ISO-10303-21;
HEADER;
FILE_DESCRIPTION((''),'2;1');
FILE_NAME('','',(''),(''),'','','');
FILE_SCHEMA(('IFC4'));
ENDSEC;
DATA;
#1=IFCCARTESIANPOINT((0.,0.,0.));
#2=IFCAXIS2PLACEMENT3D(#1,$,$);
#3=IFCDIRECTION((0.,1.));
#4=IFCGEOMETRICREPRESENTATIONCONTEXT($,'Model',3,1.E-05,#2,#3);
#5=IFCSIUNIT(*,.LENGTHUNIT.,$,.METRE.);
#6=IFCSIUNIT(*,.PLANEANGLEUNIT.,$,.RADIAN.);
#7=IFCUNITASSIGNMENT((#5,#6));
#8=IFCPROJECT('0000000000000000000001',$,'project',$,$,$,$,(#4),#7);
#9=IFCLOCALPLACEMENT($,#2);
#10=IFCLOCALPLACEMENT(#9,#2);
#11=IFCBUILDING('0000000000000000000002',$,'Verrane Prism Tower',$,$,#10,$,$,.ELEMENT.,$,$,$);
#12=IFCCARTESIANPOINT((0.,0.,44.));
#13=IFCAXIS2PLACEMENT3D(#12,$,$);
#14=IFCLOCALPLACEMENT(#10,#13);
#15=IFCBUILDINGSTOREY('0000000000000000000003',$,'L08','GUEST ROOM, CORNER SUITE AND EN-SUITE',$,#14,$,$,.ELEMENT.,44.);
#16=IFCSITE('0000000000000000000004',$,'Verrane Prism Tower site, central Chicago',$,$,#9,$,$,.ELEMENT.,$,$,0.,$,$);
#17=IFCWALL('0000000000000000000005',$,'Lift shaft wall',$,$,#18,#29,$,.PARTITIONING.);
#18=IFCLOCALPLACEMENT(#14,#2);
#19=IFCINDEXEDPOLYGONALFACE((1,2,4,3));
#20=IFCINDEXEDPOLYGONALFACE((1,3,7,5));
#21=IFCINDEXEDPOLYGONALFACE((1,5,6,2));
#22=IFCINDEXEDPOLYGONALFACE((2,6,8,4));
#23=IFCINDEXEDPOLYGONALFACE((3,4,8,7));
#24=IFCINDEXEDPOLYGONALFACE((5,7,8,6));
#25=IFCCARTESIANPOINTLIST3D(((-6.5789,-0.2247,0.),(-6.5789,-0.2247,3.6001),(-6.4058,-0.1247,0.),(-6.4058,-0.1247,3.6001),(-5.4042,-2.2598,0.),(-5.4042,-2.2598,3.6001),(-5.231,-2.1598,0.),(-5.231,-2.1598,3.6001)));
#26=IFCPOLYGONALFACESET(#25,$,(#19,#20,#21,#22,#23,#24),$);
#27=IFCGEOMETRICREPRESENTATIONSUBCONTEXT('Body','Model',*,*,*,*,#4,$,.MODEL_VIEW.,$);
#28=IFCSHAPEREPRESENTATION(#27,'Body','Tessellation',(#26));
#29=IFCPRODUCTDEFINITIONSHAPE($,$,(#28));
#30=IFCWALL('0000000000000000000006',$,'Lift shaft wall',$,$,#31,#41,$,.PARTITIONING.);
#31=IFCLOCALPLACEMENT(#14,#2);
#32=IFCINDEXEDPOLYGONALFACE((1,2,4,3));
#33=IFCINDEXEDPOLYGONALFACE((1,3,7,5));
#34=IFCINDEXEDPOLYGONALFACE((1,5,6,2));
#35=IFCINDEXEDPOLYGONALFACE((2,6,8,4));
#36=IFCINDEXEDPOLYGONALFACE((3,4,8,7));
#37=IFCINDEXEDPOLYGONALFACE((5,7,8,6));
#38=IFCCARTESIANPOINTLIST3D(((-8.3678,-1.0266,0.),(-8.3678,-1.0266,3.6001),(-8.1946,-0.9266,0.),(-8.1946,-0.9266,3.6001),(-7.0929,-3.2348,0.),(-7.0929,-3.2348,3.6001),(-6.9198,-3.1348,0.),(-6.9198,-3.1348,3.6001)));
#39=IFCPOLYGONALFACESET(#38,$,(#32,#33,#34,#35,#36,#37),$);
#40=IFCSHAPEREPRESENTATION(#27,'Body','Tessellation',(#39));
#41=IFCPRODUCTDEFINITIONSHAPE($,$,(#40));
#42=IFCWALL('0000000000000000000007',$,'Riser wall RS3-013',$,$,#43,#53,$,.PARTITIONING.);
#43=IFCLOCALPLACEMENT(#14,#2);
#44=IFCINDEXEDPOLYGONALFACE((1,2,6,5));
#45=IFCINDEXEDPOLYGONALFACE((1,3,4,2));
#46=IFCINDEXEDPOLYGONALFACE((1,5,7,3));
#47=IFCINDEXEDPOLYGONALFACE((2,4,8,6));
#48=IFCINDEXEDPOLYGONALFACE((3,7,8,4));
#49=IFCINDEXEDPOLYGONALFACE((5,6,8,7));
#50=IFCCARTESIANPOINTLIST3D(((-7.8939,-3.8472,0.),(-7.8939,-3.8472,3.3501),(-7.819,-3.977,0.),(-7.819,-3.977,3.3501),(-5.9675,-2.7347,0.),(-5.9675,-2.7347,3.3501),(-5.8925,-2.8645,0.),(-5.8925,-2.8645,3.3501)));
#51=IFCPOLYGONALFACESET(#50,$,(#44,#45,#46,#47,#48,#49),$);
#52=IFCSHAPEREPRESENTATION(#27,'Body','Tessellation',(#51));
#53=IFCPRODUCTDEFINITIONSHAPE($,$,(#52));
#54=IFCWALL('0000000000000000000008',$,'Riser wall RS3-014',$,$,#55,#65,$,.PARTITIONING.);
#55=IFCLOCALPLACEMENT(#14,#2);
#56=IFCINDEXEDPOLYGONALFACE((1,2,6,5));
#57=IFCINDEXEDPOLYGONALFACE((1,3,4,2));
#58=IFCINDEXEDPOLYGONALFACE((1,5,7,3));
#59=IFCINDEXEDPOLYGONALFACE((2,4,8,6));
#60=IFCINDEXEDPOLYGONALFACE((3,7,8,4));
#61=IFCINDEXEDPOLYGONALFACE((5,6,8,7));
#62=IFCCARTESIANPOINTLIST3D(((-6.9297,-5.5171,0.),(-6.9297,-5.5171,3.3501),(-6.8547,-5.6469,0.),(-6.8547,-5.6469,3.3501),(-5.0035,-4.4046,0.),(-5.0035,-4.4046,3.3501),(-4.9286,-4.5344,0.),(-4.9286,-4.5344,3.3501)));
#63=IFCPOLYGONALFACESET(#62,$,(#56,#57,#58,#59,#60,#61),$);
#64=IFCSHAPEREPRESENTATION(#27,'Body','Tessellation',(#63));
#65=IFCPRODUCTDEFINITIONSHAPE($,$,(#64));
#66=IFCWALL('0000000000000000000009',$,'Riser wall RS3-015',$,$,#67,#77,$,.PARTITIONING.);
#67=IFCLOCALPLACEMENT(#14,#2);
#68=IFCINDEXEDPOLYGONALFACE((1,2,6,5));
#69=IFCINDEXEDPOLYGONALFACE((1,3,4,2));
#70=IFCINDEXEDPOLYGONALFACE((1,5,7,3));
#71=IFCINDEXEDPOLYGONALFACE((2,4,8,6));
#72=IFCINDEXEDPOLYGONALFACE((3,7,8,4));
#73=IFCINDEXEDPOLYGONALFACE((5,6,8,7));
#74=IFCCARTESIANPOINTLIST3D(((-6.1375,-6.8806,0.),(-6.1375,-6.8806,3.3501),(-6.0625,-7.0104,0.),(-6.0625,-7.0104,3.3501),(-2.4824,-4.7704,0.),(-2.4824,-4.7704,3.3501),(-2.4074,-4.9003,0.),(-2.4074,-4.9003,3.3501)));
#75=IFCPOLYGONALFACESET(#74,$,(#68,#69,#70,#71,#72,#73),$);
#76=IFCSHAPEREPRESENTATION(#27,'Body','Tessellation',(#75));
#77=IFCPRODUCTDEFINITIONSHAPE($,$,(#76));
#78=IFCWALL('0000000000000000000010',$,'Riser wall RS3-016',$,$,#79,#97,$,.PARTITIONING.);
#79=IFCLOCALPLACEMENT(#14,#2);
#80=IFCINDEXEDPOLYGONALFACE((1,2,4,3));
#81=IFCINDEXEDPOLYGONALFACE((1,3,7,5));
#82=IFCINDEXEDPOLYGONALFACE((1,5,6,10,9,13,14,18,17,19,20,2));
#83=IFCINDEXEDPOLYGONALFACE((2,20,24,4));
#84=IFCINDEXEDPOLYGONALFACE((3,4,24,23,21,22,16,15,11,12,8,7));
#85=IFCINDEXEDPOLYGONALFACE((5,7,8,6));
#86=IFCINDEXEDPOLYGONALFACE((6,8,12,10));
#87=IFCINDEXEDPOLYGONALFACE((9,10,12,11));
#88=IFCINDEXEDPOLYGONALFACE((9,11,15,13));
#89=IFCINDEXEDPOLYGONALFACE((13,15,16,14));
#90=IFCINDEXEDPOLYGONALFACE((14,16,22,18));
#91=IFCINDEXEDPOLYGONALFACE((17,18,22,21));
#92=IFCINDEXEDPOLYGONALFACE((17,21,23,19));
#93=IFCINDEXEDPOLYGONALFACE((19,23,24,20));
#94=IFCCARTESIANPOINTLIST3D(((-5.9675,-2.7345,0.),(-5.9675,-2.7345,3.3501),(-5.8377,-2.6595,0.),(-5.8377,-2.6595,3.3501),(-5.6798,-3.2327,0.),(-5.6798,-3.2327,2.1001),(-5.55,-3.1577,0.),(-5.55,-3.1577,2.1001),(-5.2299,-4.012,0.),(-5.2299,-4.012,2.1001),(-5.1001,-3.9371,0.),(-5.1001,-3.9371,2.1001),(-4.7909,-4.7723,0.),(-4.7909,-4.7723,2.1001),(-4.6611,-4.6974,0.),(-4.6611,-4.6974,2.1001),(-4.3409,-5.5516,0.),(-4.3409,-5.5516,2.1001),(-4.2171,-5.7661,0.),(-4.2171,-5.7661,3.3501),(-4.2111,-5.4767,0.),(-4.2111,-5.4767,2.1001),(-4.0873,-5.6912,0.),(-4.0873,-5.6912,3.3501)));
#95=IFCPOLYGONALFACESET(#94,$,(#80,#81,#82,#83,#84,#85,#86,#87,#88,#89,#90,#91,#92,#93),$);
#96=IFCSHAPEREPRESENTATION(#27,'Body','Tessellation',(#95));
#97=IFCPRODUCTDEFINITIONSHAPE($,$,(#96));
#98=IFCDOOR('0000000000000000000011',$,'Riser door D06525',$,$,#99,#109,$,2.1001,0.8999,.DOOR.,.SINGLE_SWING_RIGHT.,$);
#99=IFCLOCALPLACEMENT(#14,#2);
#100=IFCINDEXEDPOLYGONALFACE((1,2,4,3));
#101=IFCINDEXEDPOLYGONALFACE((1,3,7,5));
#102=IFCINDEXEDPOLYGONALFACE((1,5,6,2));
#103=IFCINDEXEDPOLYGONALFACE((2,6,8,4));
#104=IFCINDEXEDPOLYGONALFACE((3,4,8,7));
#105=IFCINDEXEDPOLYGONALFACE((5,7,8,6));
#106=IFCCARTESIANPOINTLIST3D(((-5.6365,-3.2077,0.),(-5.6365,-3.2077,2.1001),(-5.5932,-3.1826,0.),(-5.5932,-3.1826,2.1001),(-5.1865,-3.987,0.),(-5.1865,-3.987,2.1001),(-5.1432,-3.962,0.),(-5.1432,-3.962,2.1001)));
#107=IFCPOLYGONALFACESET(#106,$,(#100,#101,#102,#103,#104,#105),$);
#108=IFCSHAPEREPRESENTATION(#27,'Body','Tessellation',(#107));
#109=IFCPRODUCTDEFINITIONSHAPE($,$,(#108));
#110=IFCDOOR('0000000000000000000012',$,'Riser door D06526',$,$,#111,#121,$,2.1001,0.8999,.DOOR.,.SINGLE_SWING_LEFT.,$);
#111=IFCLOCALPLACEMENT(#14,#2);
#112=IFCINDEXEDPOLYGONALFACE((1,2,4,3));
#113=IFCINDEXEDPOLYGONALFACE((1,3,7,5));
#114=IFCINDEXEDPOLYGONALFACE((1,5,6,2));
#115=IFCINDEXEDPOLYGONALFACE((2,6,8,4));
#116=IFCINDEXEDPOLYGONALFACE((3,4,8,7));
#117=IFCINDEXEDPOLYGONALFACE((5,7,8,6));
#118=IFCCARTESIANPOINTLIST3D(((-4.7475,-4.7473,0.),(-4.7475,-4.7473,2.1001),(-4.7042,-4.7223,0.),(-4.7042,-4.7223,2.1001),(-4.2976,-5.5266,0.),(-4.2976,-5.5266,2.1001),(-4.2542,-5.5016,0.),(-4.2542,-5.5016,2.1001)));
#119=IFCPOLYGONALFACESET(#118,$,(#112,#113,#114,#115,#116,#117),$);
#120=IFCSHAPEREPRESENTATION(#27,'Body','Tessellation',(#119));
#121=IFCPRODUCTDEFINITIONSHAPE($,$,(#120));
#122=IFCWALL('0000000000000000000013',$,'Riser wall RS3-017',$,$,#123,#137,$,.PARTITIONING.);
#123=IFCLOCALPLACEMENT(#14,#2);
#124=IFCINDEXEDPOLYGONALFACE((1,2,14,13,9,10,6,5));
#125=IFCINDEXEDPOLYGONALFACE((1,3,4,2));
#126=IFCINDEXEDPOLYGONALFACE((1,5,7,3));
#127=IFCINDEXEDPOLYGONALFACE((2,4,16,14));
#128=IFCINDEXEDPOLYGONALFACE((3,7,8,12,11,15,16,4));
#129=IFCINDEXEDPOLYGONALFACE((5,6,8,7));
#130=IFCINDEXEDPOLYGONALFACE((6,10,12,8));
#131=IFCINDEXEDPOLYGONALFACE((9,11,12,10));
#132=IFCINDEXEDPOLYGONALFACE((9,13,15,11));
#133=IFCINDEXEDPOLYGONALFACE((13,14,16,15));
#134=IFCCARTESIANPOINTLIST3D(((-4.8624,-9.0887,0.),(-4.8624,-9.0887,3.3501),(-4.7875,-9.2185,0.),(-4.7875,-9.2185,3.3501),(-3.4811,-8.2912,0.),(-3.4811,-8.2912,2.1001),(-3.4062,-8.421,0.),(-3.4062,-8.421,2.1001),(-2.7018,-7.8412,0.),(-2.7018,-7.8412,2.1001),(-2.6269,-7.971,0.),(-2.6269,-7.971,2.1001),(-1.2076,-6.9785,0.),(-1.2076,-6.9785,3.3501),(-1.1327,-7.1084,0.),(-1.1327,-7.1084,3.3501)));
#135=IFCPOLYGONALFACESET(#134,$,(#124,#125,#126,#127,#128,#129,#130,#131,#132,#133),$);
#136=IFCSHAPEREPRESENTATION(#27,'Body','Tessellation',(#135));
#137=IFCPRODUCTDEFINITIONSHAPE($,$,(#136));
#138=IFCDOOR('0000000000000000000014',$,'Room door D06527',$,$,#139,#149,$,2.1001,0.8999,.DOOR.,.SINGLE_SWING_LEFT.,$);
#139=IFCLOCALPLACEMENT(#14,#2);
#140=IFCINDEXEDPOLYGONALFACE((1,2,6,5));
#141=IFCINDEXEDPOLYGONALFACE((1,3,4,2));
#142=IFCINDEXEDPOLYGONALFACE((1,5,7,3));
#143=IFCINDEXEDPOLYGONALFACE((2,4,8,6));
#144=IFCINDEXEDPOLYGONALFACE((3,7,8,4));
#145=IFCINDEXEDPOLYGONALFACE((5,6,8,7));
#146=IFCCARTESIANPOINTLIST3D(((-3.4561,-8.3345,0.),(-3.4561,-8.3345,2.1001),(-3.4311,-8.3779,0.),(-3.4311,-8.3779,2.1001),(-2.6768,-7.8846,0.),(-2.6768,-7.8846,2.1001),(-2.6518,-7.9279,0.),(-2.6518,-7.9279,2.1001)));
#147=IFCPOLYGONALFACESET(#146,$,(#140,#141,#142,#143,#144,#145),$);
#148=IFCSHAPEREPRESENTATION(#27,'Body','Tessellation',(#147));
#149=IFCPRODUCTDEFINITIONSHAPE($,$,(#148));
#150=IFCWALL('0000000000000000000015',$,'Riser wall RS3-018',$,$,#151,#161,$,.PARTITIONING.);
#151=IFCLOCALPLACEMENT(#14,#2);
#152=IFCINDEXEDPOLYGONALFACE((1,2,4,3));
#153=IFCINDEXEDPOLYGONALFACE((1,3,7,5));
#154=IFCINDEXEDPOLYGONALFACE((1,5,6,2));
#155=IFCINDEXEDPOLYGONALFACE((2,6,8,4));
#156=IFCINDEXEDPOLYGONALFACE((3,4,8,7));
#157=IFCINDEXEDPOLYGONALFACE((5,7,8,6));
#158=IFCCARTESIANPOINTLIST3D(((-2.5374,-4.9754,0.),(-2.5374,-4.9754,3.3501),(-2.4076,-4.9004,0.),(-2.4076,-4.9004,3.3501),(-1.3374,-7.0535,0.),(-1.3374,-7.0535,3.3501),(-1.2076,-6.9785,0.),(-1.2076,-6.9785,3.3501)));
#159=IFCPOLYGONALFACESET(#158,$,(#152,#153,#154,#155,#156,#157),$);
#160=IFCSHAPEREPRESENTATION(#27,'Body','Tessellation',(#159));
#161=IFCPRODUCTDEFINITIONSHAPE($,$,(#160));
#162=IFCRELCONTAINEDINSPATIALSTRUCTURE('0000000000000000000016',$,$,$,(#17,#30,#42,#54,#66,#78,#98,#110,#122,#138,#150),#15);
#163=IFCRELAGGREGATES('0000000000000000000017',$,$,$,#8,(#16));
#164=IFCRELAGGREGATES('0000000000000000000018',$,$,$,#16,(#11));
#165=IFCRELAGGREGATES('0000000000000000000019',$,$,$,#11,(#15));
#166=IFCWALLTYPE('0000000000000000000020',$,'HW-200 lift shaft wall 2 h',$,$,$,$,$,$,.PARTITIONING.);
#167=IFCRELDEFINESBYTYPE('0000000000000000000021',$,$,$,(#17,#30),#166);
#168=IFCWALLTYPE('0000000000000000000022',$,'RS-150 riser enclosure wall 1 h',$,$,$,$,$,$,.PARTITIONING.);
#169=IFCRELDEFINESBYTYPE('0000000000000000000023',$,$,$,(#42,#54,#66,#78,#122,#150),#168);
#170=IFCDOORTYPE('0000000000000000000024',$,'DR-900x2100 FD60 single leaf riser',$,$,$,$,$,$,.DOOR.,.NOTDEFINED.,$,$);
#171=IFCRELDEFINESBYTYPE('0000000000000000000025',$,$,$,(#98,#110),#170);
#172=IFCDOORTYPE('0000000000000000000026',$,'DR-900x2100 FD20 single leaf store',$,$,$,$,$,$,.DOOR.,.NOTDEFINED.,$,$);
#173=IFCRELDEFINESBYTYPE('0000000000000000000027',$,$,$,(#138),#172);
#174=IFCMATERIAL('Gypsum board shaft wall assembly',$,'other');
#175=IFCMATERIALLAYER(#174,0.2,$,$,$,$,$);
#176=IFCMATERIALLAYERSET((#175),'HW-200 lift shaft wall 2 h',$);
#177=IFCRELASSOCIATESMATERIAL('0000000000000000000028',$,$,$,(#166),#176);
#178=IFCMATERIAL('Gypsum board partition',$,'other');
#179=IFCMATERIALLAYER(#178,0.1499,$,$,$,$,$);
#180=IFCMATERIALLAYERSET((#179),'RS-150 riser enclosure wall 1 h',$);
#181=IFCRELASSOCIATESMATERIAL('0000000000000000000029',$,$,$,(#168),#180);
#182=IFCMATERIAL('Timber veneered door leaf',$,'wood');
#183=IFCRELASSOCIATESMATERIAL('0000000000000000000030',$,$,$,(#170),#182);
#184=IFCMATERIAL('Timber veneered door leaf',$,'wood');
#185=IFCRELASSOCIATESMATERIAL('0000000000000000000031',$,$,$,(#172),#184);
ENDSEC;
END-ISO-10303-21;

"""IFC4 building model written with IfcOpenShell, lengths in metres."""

from ifc_helpers import new_model, si_unit, direction, frame, frame_2d, origin, place, context, subcontext, project, spatial, rectangle, extrude, material, layer, layer_set, type_object, element, fill, save


model = new_model("IFC4")

# Units and contexts
model_context = context("Model", 3, precision=1e-05, world=origin(), true_north=direction((0.0, 1.0)))
body_context = subcontext(model_context, "Body", "Model", "MODEL_VIEW")
ifc_project = project(units=[si_unit("LENGTHUNIT", "METRE"), si_unit("PLANEANGLEUNIT", "RADIAN")], contexts=[model_context])

# Site, building, storey
site_placement = place(None, origin())
site = spatial("IfcSite", under=ifc_project, at=site_placement, Name="Verrane Prism Tower site, central Chicago", CompositionType="ELEMENT", RefElevation=0.0)
building_placement = place(site_placement, origin())
building = spatial("IfcBuilding", under=site, at=building_placement, Name="Verrane Prism Tower", CompositionType="ELEMENT")
storey_placement = place(building_placement, frame((0.0, 0.0, 44.0)))
storey = spatial("IfcBuildingStorey", under=building, at=storey_placement, Name="L08", Description="GUEST ROOM, CORNER SUITE AND EN-SUITE", CompositionType="ELEMENT", Elevation=44.0)

# Shared definitions
ifc_material_1 = material(Name="Gypsum board shaft wall assembly", Category="other")
ifc_layer_1 = layer(ifc_material_1, 0.2)
ifc_layer_set_1 = layer_set([ifc_layer_1], Name="HW-200 lift shaft wall 2 h")
wall_type_1 = type_object("IfcWallType", Name="HW-200 lift shaft wall 2 h", PredefinedType="PARTITIONING", material=ifc_layer_set_1)

# Walls
wall_1_placement = place(storey_placement, frame((-5.3176, -2.2097, 0.0), z_axis=(0.0, 0.0, 1.0), x_axis=(-0.499938, 0.866061, 0.0)))
element("IfcWall", 1, at=wall_1_placement, inside=storey, type_object=wall_type_1, Name="Lift shaft wall", PredefinedType="PARTITIONING", context=body_context, shape_type="SweptSolid", body=[
    extrude(rectangle(XDim=2.3499, YDim=0.2, at=frame_2d((1.1748, 0.0))), origin(), (0.0, 0.0, 1.0), 3.6001),
])
wall_2_placement = place(storey_placement, frame((-7.0063, -3.1848, 0.0), z_axis=(0.0, 0.0, 1.0), x_axis=(-0.49999, 0.866031, 0.0)))
element("IfcWall", 2, at=wall_2_placement, inside=storey, type_object=wall_type_1, Name="Lift shaft wall", PredefinedType="PARTITIONING", context=body_context, shape_type="SweptSolid", body=[
    extrude(rectangle(XDim=2.5498, YDim=0.2, at=frame_2d((1.2749, 0.0))), origin(), (0.0, 0.0, 1.0), 3.6001),
])
ifc_material_2 = material(Name="Gypsum board partition", Category="other")
ifc_layer_2 = layer(ifc_material_2, 0.1499)
ifc_layer_set_2 = layer_set([ifc_layer_2], Name="RS-150 riser enclosure wall 1 h")
wall_type_2 = type_object("IfcWallType", Name="RS-150 riser enclosure wall 1 h", PredefinedType="PARTITIONING", material=ifc_layer_set_2)
wall_3_placement = place(storey_placement, frame((-7.8564, -3.9121, 0.0), z_axis=(0.0, 0.0, 1.0), x_axis=(0.865972, 0.500093, 0.0)))
element("IfcWall", 3, at=wall_3_placement, inside=storey, type_object=wall_type_2, Name="Riser wall RS3-013", PredefinedType="PARTITIONING", context=body_context, shape_type="SweptSolid", body=[
    extrude(rectangle(XDim=2.2246, YDim=0.1499, at=frame_2d((1.1123, 0.0))), origin(), (0.0, 0.0, 1.0), 3.3501),
])
wall_4_placement = place(storey_placement, frame((-6.8923, -5.582, 0.0), z_axis=(0.0, 0.0, 1.0), x_axis=(0.865944, 0.50014, 0.0)))
element("IfcWall", 4, at=wall_4_placement, inside=storey, type_object=wall_type_2, Name="Riser wall RS3-014", PredefinedType="PARTITIONING", context=body_context, shape_type="SweptSolid", body=[
    extrude(rectangle(XDim=2.2244, YDim=0.1499, at=frame_2d((1.1123, 0.0))), origin(), (0.0, 0.0, 1.0), 3.3501),
])
wall_5_placement = place(storey_placement, frame((-6.1001, -6.9456, 0.0), z_axis=(0.0, 0.0, 1.0), x_axis=(0.866038, 0.499978, 0.0)))
element("IfcWall", 5, at=wall_5_placement, inside=storey, type_object=wall_type_2, Name="Riser wall RS3-015", PredefinedType="PARTITIONING", context=body_context, shape_type="SweptSolid", body=[
    extrude(rectangle(XDim=4.2205, YDim=0.1499, at=frame_2d((2.1104, 0.0))), origin(), (0.0, 0.0, 1.0), 3.3501),
])

# Wall, openings, doors
wall_6_placement = place(storey_placement, frame((-4.1521, -5.7288, 0.0), z_axis=(0.0, 0.0, 1.0), x_axis=(-0.500024, 0.866011, 0.0)))
wall_6 = element("IfcWall", 6, at=wall_6_placement, inside=storey, type_object=wall_type_2, Name="Riser wall RS3-016", PredefinedType="PARTITIONING", context=body_context, shape_type="SweptSolid", body=[
    extrude(rectangle(XDim=3.5007, YDim=0.1499, at=frame_2d((1.7505, 0.0))), origin(), (0.0, 0.0, 1.0), 3.3501),
])
opening_1_placement = place(wall_6_placement, frame((2.0256, 0.0, 0.0)))
opening_1 = element("IfcOpeningElement", 7, at=opening_1_placement, cuts=wall_6, PredefinedType="OPENING", context=body_context, shape_type="SweptSolid", body=[
    extrude(rectangle(XDim=0.8999, YDim=2.1001, at=frame_2d((0.45, 1.05))), frame((0.0, 0.085, 0.0), z_axis=(0.0, -1.0, 0.0), x_axis=(1.0, 0.0, 0.0)), (0.0, 0.0, 1.0), 0.1699),
])
opening_2_placement = place(wall_6_placement, frame((0.2478, 0.0, 0.0)))
opening_2 = element("IfcOpeningElement", 8, at=opening_2_placement, cuts=wall_6, PredefinedType="OPENING", context=body_context, shape_type="SweptSolid", body=[
    extrude(rectangle(XDim=0.8999, YDim=2.1001, at=frame_2d((0.45, 1.05))), frame((0.0, 0.085, 0.0), z_axis=(0.0, -1.0, 0.0), x_axis=(1.0, 0.0, 0.0)), (0.0, 0.0, 1.0), 0.1699),
])
ifc_material_3 = material(Name="Timber veneered door leaf", Category="wood")
door_type_1 = type_object("IfcDoorType", Name="DR-900x2100 FD60 single leaf riser", OperationType="NOTDEFINED", PredefinedType="DOOR", material=ifc_material_3)
door_1_placement = place(opening_1_placement, origin())
door_1 = element("IfcDoor", 9, at=door_1_placement, inside=storey, type_object=door_type_1, Name="Riser door D06525", OperationType="SINGLE_SWING_RIGHT", OverallHeight=2.1001, OverallWidth=0.8999, PredefinedType="DOOR", context=body_context, shape_type="SweptSolid", body=[
    extrude(rectangle(XDim=0.8999, YDim=2.1001, at=frame_2d((0.45, 1.05))), frame((0.0, 0.0249, 0.0), z_axis=(0.0, -1.0, 0.0), x_axis=(1.0, 0.0, 0.0)), (0.0, 0.0, 1.0), 0.05),
])
fill(opening_1, door_1)
door_2_placement = place(opening_2_placement, origin())
door_2 = element("IfcDoor", 10, at=door_2_placement, inside=storey, type_object=door_type_1, Name="Riser door D06526", OperationType="SINGLE_SWING_LEFT", OverallHeight=2.1001, OverallWidth=0.8999, PredefinedType="DOOR", context=body_context, shape_type="SweptSolid", body=[
    extrude(rectangle(XDim=0.8999, YDim=2.1001, at=frame_2d((0.45, 1.05))), frame((0.0, 0.0249, 0.0), z_axis=(0.0, -1.0, 0.0), x_axis=(1.0, 0.0, 0.0)), (0.0, 0.0, 1.0), 0.05),
])
fill(opening_2, door_2)

# Wall, opening, door
wall_7_placement = place(storey_placement, frame((-4.825, -9.1536, 0.0), z_axis=(0.0, 0.0, 1.0), x_axis=(0.866024, 0.500003, 0.0)))
wall_7 = element("IfcWall", 11, at=wall_7_placement, inside=storey, type_object=wall_type_2, Name="Riser wall RS3-017", PredefinedType="PARTITIONING", context=body_context, shape_type="SweptSolid", body=[
    extrude(rectangle(XDim=4.2202, YDim=0.1499, at=frame_2d((2.1101, 0.0))), origin(), (0.0, 0.0, 1.0), 3.3501),
])
opening_3_placement = place(wall_7_placement, frame((1.595, 0.0, 0.0)))
opening_3 = element("IfcOpeningElement", 12, at=opening_3_placement, cuts=wall_7, PredefinedType="OPENING", context=body_context, shape_type="SweptSolid", body=[
    extrude(rectangle(XDim=0.8999, YDim=2.1001, at=frame_2d((0.45, 1.05))), frame((0.0, 0.085, 0.0), z_axis=(0.0, -1.0, 0.0), x_axis=(1.0, 0.0, 0.0)), (0.0, 0.0, 1.0), 0.1699),
])
ifc_material_4 = material(Name="Timber veneered door leaf", Category="wood")
door_type_2 = type_object("IfcDoorType", Name="DR-900x2100 FD20 single leaf store", OperationType="NOTDEFINED", PredefinedType="DOOR", material=ifc_material_4)
door_3_placement = place(opening_3_placement, origin())
door_3 = element("IfcDoor", 13, at=door_3_placement, inside=storey, type_object=door_type_2, Name="Room door D06527", OperationType="SINGLE_SWING_LEFT", OverallHeight=2.1001, OverallWidth=0.8999, PredefinedType="DOOR", context=body_context, shape_type="SweptSolid", body=[
    extrude(rectangle(XDim=0.8999, YDim=2.1001, at=frame_2d((0.45, 1.05))), frame((0.0, 0.0249, 0.0), z_axis=(0.0, -1.0, 0.0), x_axis=(1.0, 0.0, 0.0)), (0.0, 0.0, 1.0), 0.05),
])
fill(opening_3, door_3)

# Wall
wall_8_placement = place(storey_placement, frame((-2.4724, -4.938, 0.0), z_axis=(0.0, 0.0, 1.0), x_axis=(0.500045, -0.865999, 0.0)))
element("IfcWall", 14, at=wall_8_placement, inside=storey, type_object=wall_type_2, Name="Riser wall RS3-018", PredefinedType="PARTITIONING", context=body_context, shape_type="SweptSolid", body=[
    extrude(rectangle(XDim=2.3997, YDim=0.1499, at=frame_2d((1.1997, 0.0))), origin(), (0.0, 0.0, 1.0), 3.3501),
])

save(model, "model.ifc")
